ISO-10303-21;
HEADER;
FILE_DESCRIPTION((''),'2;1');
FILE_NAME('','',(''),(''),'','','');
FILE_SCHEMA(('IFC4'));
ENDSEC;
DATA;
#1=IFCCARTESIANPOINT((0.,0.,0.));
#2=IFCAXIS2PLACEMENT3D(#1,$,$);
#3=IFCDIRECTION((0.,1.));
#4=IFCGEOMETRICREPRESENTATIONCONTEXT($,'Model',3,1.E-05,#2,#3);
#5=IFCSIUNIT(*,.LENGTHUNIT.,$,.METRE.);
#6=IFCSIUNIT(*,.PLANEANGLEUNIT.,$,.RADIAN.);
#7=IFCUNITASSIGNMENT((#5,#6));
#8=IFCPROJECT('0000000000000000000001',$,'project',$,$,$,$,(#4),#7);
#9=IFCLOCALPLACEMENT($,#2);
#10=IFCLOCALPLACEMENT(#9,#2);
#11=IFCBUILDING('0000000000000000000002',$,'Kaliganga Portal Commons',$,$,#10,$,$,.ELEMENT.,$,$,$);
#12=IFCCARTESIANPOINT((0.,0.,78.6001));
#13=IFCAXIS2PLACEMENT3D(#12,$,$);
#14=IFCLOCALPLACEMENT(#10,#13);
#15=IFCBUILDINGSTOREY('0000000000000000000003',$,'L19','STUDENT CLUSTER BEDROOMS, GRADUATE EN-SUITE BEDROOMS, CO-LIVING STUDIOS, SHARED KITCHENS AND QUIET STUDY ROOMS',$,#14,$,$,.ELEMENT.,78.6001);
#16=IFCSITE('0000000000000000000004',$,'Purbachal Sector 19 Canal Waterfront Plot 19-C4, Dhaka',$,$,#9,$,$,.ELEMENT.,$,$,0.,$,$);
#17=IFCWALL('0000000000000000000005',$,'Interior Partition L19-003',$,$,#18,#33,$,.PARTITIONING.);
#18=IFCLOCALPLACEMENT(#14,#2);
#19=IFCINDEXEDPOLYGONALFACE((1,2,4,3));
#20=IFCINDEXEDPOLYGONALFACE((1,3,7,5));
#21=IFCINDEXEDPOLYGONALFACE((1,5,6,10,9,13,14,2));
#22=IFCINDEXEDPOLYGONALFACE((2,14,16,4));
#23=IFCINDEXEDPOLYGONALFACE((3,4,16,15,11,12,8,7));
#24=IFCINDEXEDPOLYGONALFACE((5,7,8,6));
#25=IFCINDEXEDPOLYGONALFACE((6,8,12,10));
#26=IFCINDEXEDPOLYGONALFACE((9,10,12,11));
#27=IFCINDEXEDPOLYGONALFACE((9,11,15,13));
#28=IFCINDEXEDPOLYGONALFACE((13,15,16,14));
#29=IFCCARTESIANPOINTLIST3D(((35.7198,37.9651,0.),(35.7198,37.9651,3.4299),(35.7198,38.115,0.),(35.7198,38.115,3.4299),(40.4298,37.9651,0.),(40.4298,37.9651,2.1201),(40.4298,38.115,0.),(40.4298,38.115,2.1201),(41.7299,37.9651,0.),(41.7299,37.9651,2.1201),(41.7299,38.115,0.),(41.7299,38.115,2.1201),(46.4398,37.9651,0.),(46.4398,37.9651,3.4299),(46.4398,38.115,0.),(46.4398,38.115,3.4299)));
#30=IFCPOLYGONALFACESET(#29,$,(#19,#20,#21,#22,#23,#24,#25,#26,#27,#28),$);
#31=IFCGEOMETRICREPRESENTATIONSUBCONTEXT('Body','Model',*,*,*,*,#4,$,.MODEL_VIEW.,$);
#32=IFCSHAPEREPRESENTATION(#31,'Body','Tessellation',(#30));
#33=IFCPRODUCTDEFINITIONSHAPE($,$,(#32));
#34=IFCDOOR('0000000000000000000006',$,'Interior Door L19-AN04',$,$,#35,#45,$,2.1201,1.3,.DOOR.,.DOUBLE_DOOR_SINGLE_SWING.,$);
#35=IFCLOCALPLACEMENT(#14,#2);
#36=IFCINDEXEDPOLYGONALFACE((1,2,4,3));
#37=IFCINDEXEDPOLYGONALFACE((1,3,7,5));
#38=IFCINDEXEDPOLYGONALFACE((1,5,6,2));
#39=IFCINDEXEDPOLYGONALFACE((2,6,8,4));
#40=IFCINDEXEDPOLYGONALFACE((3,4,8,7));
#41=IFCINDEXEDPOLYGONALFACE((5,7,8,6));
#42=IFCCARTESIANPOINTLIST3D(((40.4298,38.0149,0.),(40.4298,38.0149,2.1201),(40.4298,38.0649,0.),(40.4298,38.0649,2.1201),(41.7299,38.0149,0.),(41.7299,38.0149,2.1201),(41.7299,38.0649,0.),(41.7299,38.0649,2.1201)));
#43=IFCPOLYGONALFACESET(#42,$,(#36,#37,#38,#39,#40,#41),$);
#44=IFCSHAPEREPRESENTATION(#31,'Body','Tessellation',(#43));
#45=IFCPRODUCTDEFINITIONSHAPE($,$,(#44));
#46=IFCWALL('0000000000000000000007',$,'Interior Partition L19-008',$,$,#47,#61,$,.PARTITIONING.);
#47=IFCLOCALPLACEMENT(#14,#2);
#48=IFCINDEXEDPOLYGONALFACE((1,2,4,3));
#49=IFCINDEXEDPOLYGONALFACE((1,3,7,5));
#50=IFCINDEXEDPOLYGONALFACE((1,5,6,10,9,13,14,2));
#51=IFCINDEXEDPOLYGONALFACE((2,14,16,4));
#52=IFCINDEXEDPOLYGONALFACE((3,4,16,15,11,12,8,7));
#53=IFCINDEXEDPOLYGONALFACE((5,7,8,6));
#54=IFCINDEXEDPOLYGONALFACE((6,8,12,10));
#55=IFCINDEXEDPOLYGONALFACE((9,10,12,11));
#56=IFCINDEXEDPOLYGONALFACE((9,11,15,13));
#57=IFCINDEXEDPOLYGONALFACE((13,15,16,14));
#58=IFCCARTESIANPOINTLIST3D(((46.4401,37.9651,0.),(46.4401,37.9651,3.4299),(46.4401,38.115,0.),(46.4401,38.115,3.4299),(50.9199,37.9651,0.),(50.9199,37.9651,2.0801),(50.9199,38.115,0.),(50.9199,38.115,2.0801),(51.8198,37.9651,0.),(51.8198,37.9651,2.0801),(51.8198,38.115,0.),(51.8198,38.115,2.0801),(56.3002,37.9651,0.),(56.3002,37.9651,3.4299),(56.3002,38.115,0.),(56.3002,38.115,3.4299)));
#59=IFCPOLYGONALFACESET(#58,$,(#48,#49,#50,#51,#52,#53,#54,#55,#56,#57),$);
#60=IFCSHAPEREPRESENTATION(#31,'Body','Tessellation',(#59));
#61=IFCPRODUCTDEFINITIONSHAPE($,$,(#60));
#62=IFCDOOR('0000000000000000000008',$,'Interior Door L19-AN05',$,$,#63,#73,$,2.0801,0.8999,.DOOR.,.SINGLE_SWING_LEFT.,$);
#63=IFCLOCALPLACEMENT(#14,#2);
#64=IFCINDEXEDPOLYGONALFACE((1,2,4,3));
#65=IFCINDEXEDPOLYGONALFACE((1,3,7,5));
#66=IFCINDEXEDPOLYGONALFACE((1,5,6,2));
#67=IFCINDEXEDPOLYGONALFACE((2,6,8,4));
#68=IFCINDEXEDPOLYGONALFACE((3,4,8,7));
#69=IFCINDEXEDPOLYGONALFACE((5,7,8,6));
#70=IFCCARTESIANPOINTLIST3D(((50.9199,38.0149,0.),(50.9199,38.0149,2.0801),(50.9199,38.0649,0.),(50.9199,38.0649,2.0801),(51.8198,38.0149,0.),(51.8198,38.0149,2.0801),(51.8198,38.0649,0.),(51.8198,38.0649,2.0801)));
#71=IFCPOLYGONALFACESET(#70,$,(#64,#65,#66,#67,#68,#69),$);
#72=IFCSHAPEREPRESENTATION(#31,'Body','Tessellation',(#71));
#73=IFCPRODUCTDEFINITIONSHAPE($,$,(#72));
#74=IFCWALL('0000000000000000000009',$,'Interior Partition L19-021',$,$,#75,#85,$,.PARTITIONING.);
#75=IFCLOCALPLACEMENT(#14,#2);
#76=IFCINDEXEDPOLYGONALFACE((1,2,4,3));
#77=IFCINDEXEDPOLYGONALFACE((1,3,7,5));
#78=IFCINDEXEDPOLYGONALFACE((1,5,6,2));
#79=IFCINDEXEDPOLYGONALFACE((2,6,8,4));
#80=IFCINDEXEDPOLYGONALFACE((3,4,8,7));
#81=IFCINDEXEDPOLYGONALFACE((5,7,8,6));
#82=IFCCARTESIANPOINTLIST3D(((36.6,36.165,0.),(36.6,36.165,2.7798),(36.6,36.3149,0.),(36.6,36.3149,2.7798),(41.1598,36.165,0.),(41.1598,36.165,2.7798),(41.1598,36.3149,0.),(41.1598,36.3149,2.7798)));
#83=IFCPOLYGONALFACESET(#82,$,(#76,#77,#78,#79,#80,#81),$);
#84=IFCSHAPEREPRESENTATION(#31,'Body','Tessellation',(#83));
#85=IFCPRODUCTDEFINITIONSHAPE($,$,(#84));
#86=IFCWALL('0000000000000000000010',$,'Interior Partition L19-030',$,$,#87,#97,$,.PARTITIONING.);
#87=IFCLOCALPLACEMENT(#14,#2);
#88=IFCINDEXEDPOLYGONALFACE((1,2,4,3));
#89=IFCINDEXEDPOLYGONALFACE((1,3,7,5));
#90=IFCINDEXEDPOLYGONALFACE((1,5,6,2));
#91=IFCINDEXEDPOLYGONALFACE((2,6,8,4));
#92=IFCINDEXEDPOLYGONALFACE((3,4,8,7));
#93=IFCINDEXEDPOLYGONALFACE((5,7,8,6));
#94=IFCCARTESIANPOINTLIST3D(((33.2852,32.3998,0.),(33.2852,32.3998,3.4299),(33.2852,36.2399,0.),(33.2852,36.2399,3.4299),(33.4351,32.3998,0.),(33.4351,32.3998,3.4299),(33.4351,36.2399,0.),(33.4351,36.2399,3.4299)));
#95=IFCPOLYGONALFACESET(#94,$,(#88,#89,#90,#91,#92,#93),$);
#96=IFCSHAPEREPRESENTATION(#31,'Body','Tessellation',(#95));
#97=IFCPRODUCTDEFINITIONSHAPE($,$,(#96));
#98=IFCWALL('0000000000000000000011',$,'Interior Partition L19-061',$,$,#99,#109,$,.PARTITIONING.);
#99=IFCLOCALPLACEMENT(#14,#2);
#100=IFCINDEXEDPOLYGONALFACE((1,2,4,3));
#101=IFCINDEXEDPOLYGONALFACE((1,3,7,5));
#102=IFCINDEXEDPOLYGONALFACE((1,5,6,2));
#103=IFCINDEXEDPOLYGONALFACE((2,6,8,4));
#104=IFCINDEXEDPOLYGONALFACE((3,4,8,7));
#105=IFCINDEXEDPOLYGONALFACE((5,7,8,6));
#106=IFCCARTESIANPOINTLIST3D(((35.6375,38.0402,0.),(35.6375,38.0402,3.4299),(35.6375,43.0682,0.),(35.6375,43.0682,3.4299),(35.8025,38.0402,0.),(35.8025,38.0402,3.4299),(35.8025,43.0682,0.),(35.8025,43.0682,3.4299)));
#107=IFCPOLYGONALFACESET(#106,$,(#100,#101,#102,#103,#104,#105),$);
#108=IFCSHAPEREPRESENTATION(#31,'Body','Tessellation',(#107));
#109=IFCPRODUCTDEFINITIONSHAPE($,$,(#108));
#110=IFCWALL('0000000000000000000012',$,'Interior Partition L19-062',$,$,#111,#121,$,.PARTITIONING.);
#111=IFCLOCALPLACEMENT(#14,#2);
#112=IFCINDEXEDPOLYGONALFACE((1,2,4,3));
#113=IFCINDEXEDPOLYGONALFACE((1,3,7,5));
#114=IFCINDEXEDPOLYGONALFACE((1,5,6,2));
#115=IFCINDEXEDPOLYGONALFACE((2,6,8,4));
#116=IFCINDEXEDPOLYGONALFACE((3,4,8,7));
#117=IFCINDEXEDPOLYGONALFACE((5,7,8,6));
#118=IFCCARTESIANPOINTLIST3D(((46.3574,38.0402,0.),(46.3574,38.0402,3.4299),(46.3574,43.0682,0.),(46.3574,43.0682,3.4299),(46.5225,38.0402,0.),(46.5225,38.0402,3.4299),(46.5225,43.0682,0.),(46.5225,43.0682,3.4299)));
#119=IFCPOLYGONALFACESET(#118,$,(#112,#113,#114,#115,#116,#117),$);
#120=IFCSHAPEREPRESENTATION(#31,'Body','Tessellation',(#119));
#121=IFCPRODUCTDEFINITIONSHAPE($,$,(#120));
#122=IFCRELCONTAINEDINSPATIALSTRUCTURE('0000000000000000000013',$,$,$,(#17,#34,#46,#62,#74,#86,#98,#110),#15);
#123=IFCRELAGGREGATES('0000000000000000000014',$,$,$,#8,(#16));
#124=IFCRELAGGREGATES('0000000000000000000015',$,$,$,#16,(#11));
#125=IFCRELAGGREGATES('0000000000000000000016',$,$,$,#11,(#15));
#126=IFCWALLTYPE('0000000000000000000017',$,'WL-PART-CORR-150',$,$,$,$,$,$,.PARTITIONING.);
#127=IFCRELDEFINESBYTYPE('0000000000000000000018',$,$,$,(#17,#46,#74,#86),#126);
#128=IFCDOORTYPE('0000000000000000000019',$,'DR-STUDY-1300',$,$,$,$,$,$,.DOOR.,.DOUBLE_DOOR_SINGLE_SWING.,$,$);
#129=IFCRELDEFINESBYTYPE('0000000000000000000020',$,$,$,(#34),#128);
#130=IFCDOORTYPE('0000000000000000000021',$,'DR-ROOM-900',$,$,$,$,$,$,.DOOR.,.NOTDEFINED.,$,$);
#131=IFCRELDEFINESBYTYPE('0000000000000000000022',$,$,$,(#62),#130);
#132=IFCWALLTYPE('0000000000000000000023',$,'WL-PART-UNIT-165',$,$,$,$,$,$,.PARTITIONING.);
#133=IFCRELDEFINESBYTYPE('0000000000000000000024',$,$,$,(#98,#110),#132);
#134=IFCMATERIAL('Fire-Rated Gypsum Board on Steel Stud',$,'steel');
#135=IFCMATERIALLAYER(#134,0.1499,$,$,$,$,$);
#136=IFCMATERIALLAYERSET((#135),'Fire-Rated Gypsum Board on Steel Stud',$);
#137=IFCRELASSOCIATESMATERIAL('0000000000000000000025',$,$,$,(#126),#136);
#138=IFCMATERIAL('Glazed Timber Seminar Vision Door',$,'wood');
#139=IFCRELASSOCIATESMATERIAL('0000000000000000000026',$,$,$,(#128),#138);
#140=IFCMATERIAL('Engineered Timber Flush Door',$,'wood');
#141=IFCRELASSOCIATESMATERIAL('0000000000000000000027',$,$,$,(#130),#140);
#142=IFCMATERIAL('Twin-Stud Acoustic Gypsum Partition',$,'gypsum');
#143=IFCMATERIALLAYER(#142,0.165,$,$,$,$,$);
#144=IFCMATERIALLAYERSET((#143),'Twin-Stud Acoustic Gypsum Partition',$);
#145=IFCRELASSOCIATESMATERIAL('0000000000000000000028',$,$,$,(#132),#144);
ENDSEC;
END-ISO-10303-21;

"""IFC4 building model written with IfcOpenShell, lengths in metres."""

from ifc_helpers import new_model, si_unit, direction, frame, frame_2d, origin, place, context, subcontext, project, spatial, rectangle, extrude, material, layer, layer_set, type_object, element, fill, save


model = new_model("IFC4")

# Units and contexts
model_context = context("Model", 3, precision=1e-05, world=origin(), true_north=direction((0.0, 1.0)))
body_context = subcontext(model_context, "Body", "Model", "MODEL_VIEW")
ifc_project = project(units=[si_unit("LENGTHUNIT", "METRE"), si_unit("PLANEANGLEUNIT", "RADIAN")], contexts=[model_context])

# Site, building, storey
site_placement = place(None, origin())
site = spatial("IfcSite", under=ifc_project, at=site_placement, Name="Purbachal Sector 19 Canal Waterfront Plot 19-C4, Dhaka", CompositionType="ELEMENT", RefElevation=0.0)
building_placement = place(site_placement, origin())
building = spatial("IfcBuilding", under=site, at=building_placement, Name="Kaliganga Portal Commons", CompositionType="ELEMENT")
storey_placement = place(building_placement, frame((0.0, 0.0, 78.6001)))
storey = spatial("IfcBuildingStorey", under=building, at=storey_placement, Name="L19", Description="STUDENT CLUSTER BEDROOMS, GRADUATE EN-SUITE BEDROOMS, CO-LIVING STUDIOS, SHARED KITCHENS AND QUIET STUDY ROOMS", CompositionType="ELEMENT", Elevation=78.6001)

# Walls, openings, doors
ifc_material_1 = material(Name="Fire-Rated Gypsum Board on Steel Stud", Category="steel")
ifc_layer_1 = layer(ifc_material_1, 0.1499)
ifc_layer_set_1 = layer_set([ifc_layer_1], Name="Fire-Rated Gypsum Board on Steel Stud")
wall_type_1 = type_object("IfcWallType", Name="WL-PART-CORR-150", PredefinedType="PARTITIONING", material=ifc_layer_set_1)
wall_1_placement = place(storey_placement, frame((35.72, 38.04, 0.0), z_axis=(0.0, 0.0, 1.0), x_axis=(1.0, 0.0, 0.0)))
wall_1 = element("IfcWall", 1, at=wall_1_placement, inside=storey, type_object=wall_type_1, Name="Interior Partition L19-003", PredefinedType="PARTITIONING", context=body_context, shape_type="SweptSolid", body=[
    extrude(rectangle(XDim=10.72, YDim=0.1499, at=frame_2d((5.3599, 0.0))), origin(), (0.0, 0.0, 1.0), 3.4299),
])
opening_1_placement = place(wall_1_placement, frame((4.71, 0.0, 0.0)))
opening_1 = element("IfcOpeningElement", 2, at=opening_1_placement, cuts=wall_1, PredefinedType="OPENING", context=body_context, shape_type="SweptSolid", body=[
    extrude(rectangle(XDim=1.3, YDim=2.1201, at=frame_2d((0.6499, 1.0601))), frame((0.0, 0.085, 0.0), z_axis=(0.0, -1.0, 0.0), x_axis=(1.0, 0.0, 0.0)), (0.0, 0.0, 1.0), 0.1699),
])
ifc_material_2 = material(Name="Glazed Timber Seminar Vision Door", Category="wood")
door_type_1 = type_object("IfcDoorType", Name="DR-STUDY-1300", OperationType="DOUBLE_DOOR_SINGLE_SWING", PredefinedType="DOOR", material=ifc_material_2)
door_1_placement = place(opening_1_placement, origin())
door_1 = element("IfcDoor", 3, at=door_1_placement, inside=storey, type_object=door_type_1, Name="Interior Door L19-AN04", OperationType="DOUBLE_DOOR_SINGLE_SWING", OverallHeight=2.1201, OverallWidth=1.3, PredefinedType="DOOR", context=body_context, shape_type="SweptSolid", body=[
    extrude(rectangle(XDim=1.3, YDim=2.1201, at=frame_2d((0.6499, 1.0601))), frame((0.0, 0.0249, 0.0), z_axis=(0.0, -1.0, 0.0), x_axis=(1.0, 0.0, 0.0)), (0.0, 0.0, 1.0), 0.05),
])
fill(opening_1, door_1)
wall_2_placement = place(storey_placement, frame((46.4399, 38.04, 0.0), z_axis=(0.0, 0.0, 1.0), x_axis=(1.0, 0.0, 0.0)))
wall_2 = element("IfcWall", 4, at=wall_2_placement, inside=storey, type_object=wall_type_1, Name="Interior Partition L19-008", PredefinedType="PARTITIONING", context=body_context, shape_type="SweptSolid", body=[
    extrude(rectangle(XDim=9.8601, YDim=0.1499, at=frame_2d((4.9302, 0.0))), origin(), (0.0, 0.0, 1.0), 3.4299),
])
opening_2_placement = place(wall_2_placement, frame((4.48, 0.0, 0.0)))
opening_2 = element("IfcOpeningElement", 5, at=opening_2_placement, cuts=wall_2, PredefinedType="OPENING", context=body_context, shape_type="SweptSolid", body=[
    extrude(rectangle(XDim=0.8999, YDim=2.0801, at=frame_2d((0.45, 1.04))), frame((0.0, 0.085, 0.0), z_axis=(0.0, -1.0, 0.0), x_axis=(1.0, 0.0, 0.0)), (0.0, 0.0, 1.0), 0.1699),
])
ifc_material_3 = material(Name="Engineered Timber Flush Door", Category="wood")
door_type_2 = type_object("IfcDoorType", Name="DR-ROOM-900", OperationType="NOTDEFINED", PredefinedType="DOOR", material=ifc_material_3)
door_2_placement = place(opening_2_placement, origin())
door_2 = element("IfcDoor", 6, at=door_2_placement, inside=storey, type_object=door_type_2, Name="Interior Door L19-AN05", OperationType="SINGLE_SWING_LEFT", OverallHeight=2.0801, OverallWidth=0.8999, PredefinedType="DOOR", context=body_context, shape_type="SweptSolid", body=[
    extrude(rectangle(XDim=0.8999, YDim=2.0801, at=frame_2d((0.45, 1.04))), frame((0.0, 0.0249, 0.0), z_axis=(0.0, -1.0, 0.0), x_axis=(1.0, 0.0, 0.0)), (0.0, 0.0, 1.0), 0.05),
])
fill(opening_2, door_2)

# Wall
wall_3_placement = place(storey_placement, frame((36.6001, 36.24, 0.0), z_axis=(0.0, 0.0, 1.0), x_axis=(1.0, 0.0, 0.0)))
element("IfcWall", 7, at=wall_3_placement, inside=storey, type_object=wall_type_1, Name="Interior Partition L19-021", PredefinedType="PARTITIONING", context=body_context, shape_type="SweptSolid", body=[
    extrude(rectangle(XDim=4.5598, YDim=0.1499, at=frame_2d((2.2798, 0.0))), origin(), (0.0, 0.0, 1.0), 2.7798),
])

# Walls
wall_4_placement = place(storey_placement, frame((33.3601, 32.3999, 0.0), z_axis=(0.0, 0.0, 1.0), x_axis=(0.0, 1.0, 0.0)))
element("IfcWall", 8, at=wall_4_placement, inside=storey, type_object=wall_type_1, Name="Interior Partition L19-030", PredefinedType="PARTITIONING", context=body_context, shape_type="SweptSolid", body=[
    extrude(rectangle(XDim=3.8401, YDim=0.1499, at=frame_2d((1.9199, 0.0))), origin(), (0.0, 0.0, 1.0), 3.4299),
])
ifc_material_4 = material(Name="Twin-Stud Acoustic Gypsum Partition", Category="gypsum")
ifc_layer_2 = layer(ifc_material_4, 0.165)
ifc_layer_set_2 = layer_set([ifc_layer_2], Name="Twin-Stud Acoustic Gypsum Partition")
wall_type_2 = type_object("IfcWallType", Name="WL-PART-UNIT-165", PredefinedType="PARTITIONING", material=ifc_layer_set_2)
for number, where, z_axis, x_axis, name in (
    (9, (35.72, 38.04, 0.0), (0.0, 0.0, 1.0), (0.0, 1.0, 0.0), "Interior Partition L19-061"),
    (10, (46.4399, 38.04, 0.0), (0.0, 0.0, 1.0), (0.0, 1.0, 0.0), "Interior Partition L19-062"),
):
    element("IfcWall", number, at=place(storey_placement, frame(where, z_axis=z_axis, x_axis=x_axis)), inside=storey, type_object=wall_type_2, Name=name, PredefinedType="PARTITIONING", context=body_context, shape_type="SweptSolid", body=[
        extrude(rectangle(XDim=5.0281, YDim=0.165, at=frame_2d((2.5142, 0.0))), origin(), (0.0, 0.0, 1.0), 3.4299),
    ])

save(model, "model.ifc")
